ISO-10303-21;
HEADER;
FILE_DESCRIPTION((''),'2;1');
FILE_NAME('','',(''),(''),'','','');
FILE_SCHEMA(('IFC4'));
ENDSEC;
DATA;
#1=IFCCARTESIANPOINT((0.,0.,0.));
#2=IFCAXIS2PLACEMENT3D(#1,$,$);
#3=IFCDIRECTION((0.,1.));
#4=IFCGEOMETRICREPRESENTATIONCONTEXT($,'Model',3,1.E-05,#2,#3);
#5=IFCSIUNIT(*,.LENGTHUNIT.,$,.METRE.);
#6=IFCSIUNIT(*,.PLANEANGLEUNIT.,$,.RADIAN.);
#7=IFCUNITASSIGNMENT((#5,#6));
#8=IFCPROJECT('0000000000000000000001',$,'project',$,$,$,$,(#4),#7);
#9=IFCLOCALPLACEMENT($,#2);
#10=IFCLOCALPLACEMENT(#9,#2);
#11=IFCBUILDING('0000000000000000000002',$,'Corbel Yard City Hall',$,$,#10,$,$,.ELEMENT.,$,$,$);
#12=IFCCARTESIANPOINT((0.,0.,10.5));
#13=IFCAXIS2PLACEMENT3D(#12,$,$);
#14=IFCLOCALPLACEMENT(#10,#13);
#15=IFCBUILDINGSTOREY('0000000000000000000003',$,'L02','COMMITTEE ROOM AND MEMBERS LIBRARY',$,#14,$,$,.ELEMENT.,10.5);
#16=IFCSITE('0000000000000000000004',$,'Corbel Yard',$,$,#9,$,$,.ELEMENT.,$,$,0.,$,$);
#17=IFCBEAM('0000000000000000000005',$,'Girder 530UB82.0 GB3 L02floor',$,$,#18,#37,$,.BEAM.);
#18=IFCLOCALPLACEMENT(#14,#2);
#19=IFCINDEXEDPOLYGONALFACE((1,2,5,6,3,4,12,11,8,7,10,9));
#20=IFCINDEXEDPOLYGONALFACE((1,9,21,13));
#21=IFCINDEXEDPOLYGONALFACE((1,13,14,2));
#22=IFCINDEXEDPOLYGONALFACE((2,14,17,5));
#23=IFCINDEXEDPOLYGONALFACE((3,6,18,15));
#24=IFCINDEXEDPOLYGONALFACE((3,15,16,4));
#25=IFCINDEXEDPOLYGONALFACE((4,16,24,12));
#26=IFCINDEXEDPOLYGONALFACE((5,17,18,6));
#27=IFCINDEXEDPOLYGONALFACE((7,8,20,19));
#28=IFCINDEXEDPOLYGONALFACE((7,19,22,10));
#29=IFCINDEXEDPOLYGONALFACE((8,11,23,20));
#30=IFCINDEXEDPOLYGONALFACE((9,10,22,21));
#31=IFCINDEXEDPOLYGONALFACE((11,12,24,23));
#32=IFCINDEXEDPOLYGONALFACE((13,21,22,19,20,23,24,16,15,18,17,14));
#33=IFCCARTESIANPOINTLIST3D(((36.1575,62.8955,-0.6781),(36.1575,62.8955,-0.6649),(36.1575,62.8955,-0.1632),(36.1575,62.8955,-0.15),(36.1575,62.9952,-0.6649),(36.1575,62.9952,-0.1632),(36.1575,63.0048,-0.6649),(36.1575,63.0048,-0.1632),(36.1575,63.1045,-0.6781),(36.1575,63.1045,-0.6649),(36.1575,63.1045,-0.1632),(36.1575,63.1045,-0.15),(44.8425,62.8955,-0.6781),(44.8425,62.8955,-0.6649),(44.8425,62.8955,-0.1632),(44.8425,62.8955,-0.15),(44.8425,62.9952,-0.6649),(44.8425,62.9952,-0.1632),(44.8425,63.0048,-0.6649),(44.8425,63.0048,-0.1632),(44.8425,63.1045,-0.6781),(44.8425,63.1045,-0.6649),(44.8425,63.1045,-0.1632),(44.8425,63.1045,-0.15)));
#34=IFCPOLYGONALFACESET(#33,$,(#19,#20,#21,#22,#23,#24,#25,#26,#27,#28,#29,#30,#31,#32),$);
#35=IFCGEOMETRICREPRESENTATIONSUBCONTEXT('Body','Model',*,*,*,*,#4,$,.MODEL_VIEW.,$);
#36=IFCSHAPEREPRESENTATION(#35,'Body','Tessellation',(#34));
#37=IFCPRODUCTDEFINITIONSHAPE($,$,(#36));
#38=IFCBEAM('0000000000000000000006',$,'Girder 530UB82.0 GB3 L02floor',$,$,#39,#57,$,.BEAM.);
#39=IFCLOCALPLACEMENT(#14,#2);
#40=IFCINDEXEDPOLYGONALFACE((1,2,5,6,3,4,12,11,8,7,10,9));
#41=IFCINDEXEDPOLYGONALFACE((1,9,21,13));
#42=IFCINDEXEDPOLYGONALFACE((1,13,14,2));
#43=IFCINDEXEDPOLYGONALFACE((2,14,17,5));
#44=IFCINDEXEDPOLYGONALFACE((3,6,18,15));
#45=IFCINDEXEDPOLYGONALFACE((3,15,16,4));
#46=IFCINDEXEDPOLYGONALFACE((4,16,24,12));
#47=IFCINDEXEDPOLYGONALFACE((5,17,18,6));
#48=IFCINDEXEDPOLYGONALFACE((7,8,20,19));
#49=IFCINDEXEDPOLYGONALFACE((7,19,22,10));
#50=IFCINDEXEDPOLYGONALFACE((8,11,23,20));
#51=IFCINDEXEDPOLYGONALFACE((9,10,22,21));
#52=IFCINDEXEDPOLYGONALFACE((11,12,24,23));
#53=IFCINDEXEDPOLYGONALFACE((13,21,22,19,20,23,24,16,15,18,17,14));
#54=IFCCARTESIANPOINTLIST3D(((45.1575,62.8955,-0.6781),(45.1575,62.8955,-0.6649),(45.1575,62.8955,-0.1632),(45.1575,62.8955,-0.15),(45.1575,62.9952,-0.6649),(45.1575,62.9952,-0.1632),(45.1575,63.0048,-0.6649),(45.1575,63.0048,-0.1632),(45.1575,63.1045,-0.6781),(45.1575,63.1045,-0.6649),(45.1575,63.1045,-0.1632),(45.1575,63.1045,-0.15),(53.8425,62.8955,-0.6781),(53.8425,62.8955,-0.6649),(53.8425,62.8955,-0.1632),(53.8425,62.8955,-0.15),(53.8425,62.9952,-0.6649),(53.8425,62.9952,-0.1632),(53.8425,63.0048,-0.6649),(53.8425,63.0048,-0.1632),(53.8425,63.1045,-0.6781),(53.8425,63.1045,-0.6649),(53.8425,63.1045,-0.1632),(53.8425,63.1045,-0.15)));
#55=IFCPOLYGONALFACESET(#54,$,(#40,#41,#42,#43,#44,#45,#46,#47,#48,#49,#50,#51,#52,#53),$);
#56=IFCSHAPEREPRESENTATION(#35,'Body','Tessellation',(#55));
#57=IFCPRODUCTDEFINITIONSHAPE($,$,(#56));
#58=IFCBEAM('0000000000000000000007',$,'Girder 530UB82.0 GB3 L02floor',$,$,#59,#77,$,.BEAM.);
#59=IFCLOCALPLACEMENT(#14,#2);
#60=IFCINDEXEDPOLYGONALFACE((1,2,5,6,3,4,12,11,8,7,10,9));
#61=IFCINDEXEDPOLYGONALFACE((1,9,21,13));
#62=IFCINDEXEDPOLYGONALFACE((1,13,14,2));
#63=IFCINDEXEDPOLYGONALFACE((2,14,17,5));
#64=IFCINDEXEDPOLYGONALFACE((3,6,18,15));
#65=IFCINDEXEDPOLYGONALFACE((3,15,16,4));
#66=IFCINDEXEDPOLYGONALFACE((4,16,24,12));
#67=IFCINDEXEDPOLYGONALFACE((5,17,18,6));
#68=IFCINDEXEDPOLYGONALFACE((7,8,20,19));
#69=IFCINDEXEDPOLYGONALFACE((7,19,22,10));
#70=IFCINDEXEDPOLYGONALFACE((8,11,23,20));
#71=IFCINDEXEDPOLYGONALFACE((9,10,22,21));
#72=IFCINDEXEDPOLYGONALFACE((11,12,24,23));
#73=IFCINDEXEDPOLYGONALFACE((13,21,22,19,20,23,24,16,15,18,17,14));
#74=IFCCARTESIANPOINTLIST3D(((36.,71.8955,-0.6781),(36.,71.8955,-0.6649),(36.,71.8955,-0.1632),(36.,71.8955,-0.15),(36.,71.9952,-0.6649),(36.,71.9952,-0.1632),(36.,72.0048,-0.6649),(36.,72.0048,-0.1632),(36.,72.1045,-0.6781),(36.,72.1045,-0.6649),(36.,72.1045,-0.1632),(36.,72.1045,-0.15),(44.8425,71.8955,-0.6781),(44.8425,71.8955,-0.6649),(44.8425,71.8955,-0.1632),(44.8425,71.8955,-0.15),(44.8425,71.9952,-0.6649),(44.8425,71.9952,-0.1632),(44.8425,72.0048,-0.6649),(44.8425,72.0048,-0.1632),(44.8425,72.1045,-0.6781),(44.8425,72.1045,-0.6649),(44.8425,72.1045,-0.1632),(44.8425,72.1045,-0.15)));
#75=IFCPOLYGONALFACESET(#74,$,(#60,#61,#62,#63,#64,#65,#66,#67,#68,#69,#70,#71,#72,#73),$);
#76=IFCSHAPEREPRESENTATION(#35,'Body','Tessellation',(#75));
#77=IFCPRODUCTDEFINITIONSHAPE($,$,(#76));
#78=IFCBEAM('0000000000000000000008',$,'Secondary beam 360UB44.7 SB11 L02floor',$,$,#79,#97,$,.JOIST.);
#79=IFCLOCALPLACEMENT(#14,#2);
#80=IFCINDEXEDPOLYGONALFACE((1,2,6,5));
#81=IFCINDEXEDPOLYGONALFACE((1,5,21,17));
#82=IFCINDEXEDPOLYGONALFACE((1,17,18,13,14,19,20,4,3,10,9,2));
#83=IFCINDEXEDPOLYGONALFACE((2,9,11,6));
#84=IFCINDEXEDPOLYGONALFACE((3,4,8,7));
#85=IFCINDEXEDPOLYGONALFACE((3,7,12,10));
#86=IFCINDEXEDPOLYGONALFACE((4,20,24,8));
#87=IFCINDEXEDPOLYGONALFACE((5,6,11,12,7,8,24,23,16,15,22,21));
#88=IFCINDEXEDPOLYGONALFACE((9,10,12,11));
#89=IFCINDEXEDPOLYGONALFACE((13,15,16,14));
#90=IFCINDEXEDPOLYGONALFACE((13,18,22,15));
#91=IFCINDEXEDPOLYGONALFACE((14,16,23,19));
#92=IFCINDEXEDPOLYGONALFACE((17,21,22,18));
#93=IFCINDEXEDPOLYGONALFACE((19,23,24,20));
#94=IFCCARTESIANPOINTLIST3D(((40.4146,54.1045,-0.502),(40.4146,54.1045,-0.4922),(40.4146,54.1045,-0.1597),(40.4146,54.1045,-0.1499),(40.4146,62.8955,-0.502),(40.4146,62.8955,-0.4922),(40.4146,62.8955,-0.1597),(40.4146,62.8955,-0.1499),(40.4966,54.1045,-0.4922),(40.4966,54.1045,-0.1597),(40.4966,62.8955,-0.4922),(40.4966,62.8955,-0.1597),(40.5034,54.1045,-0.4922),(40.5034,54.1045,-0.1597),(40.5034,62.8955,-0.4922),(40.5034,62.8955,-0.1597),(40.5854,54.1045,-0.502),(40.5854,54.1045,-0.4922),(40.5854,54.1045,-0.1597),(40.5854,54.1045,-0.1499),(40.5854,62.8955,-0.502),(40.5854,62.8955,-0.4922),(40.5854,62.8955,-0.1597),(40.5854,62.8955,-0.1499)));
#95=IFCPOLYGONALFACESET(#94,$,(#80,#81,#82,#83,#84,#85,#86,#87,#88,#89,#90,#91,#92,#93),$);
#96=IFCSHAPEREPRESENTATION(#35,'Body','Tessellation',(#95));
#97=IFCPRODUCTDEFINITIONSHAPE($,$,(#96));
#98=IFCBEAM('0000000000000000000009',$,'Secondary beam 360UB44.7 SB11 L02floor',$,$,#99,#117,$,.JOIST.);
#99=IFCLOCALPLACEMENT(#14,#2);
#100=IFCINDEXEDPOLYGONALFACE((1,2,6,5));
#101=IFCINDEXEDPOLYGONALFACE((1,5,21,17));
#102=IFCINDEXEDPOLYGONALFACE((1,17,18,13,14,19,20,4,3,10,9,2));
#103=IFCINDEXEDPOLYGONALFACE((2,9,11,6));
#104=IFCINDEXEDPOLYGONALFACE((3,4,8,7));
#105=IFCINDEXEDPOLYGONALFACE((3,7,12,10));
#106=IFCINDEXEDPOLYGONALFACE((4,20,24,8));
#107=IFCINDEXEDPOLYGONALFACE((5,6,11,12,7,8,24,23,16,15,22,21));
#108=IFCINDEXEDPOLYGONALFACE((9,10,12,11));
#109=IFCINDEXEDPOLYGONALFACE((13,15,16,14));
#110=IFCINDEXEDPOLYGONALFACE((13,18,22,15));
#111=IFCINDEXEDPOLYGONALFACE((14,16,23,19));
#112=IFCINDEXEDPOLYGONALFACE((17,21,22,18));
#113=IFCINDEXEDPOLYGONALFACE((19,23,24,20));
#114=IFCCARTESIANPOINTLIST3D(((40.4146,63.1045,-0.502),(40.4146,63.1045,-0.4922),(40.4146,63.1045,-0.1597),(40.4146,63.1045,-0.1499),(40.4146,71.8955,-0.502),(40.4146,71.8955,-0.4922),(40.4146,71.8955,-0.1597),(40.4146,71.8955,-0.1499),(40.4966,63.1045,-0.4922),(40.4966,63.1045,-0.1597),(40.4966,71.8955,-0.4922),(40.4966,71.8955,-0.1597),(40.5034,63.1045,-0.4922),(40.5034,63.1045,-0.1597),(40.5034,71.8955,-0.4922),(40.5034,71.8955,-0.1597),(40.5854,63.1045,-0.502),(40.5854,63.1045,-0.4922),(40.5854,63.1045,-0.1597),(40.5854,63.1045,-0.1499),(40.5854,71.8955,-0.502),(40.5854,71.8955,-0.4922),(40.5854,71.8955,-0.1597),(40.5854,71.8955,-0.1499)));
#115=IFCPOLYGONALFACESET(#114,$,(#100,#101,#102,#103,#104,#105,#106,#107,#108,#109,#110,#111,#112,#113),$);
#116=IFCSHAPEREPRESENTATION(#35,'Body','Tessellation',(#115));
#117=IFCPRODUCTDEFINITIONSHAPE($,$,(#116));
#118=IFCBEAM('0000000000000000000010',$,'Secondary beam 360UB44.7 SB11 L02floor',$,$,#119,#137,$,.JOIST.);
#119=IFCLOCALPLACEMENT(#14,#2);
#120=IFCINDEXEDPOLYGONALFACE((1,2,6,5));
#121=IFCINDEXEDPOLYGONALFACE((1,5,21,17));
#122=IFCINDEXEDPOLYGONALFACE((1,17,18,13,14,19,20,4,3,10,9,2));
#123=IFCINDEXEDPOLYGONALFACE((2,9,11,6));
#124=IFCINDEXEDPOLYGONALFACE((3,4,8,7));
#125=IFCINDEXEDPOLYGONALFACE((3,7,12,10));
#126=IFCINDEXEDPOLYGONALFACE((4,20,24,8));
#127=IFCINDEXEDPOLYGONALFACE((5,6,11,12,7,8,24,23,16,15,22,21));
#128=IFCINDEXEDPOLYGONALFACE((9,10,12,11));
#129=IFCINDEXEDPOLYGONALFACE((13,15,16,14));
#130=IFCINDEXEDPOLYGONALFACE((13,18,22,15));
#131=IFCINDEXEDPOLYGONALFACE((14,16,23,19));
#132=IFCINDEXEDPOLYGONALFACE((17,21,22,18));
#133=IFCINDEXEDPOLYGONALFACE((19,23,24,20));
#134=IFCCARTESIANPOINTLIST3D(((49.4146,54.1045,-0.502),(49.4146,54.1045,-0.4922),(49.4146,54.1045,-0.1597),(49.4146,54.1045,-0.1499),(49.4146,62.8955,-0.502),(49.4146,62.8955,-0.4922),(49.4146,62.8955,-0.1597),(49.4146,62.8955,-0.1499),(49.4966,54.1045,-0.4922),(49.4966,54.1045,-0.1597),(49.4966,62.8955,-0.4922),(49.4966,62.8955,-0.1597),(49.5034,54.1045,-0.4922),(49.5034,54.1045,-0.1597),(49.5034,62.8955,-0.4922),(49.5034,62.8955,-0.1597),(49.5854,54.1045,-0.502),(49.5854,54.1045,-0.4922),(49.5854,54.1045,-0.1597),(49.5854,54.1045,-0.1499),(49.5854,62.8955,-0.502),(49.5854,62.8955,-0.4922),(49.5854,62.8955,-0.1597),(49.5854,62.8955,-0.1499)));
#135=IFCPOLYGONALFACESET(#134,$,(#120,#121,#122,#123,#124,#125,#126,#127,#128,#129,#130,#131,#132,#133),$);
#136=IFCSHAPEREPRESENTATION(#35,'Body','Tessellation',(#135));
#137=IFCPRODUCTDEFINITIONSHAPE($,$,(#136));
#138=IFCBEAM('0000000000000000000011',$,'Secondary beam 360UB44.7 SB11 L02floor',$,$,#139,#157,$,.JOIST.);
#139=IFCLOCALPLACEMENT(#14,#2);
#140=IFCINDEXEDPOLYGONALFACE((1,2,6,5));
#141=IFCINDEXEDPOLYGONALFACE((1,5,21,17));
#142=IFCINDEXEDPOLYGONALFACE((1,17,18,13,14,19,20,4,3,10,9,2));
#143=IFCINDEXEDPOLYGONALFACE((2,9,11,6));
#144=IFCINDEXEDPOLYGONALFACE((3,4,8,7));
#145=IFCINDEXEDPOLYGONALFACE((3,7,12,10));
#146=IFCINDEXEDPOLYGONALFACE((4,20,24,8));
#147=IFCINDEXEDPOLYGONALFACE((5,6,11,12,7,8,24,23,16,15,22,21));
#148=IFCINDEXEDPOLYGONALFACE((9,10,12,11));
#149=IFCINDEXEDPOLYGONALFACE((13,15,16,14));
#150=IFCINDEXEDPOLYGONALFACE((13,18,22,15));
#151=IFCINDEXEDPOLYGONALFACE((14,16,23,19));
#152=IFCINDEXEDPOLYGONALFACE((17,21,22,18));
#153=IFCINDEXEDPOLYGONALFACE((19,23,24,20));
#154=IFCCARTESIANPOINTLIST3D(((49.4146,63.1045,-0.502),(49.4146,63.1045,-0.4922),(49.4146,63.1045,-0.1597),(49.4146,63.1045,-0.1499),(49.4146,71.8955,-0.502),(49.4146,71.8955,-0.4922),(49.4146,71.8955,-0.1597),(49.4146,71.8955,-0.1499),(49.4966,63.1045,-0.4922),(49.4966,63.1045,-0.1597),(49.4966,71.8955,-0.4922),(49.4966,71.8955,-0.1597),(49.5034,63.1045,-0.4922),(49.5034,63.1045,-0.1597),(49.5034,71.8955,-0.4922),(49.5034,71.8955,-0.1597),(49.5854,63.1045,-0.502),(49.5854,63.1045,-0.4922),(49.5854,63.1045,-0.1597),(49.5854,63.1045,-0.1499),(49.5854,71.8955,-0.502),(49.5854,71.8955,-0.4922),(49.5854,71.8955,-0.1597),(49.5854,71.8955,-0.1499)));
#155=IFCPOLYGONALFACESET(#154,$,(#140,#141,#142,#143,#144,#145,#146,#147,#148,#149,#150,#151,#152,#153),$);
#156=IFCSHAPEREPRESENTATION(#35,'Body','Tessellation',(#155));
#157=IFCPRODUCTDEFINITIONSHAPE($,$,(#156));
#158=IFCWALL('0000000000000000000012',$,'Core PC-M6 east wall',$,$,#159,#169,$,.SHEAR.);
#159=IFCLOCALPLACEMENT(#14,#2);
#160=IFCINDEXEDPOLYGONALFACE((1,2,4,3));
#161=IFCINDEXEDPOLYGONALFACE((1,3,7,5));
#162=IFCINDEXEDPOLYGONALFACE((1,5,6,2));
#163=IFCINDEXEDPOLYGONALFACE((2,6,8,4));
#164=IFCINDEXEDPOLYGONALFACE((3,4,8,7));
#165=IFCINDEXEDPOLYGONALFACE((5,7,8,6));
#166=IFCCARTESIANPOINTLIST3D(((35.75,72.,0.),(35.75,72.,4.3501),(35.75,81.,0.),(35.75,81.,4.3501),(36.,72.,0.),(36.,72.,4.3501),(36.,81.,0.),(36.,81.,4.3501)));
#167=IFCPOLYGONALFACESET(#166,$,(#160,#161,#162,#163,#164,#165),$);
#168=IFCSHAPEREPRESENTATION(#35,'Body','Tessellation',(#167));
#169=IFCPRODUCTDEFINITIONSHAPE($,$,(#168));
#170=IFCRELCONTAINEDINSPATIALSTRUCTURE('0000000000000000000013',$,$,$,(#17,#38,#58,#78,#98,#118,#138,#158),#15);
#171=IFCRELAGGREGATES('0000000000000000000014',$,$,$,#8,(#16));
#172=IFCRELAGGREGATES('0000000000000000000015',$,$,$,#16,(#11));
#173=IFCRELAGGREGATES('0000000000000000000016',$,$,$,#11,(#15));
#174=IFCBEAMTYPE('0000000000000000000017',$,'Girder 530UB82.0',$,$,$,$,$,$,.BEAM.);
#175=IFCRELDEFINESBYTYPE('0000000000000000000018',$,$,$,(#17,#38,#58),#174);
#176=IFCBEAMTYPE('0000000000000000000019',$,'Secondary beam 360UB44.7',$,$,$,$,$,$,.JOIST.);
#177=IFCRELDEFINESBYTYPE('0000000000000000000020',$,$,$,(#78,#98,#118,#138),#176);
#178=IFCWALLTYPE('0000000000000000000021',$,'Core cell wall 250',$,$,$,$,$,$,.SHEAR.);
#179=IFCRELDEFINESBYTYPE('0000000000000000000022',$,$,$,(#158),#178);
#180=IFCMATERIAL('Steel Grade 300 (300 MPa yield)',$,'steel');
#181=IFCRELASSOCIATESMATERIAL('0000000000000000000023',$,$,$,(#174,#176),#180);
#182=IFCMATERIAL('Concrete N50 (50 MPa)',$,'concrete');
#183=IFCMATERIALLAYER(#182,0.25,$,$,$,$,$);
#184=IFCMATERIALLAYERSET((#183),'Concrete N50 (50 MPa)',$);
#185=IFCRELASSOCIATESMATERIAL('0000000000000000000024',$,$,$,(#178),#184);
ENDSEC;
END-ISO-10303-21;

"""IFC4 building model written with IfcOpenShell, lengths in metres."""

from ifc_helpers import new_model, si_unit, direction, frame, frame_2d, origin, origin_2d, place, context, subcontext, project, spatial, rectangle, i_section, extrude, material, layer, layer_set, material_profile, profile_set, type_object, element, save


model = new_model("IFC4")

# Units and contexts
model_context = context("Model", 3, precision=1e-05, world=origin(), true_north=direction((0.0, 1.0)))
body_context = subcontext(model_context, "Body", "Model", "MODEL_VIEW")
ifc_project = project(units=[si_unit("LENGTHUNIT", "METRE"), si_unit("PLANEANGLEUNIT", "RADIAN")], contexts=[model_context])

# Site, building, storey
site_placement = place(None, origin())
site = spatial("IfcSite", under=ifc_project, at=site_placement, Name="Corbel Yard", CompositionType="ELEMENT", RefElevation=0.0)
building_placement = place(site_placement, origin())
building = spatial("IfcBuilding", under=site, at=building_placement, Name="Corbel Yard City Hall", CompositionType="ELEMENT")
storey_placement = place(building_placement, frame((0.0, 0.0, 10.5)))
storey = spatial("IfcBuildingStorey", under=building, at=storey_placement, Name="L02", Description="COMMITTEE ROOM AND MEMBERS LIBRARY", CompositionType="ELEMENT", Elevation=10.5)

# Shared definitions
ifc_material_1 = material(Name="Steel Grade 300 (300 MPa yield)", Category="steel")

# Beams
ifc_material_profile_1 = material_profile(ifc_material_1, i_section(OverallWidth=0.209, OverallDepth=0.5281, WebThickness=0.0095, FlangeThickness=0.0132, at=origin_2d()), Name="530UB82.0")
ifc_profile_set_1 = profile_set([ifc_material_profile_1], Name="Steel Grade 300 (300 MPa yield)")
beam_type_1 = type_object("IfcBeamType", Name="Girder 530UB82.0", PredefinedType="BEAM", material=ifc_profile_set_1)
for number, where, z_axis, x_axis, name in (
    (1, (36.1575, 63.0, -0.4141), (1.0, 0.0, 0.0), (0.0, 1.0, 0.0), "Girder 530UB82.0 GB3 L02floor"),
    (2, (45.1575, 63.0, -0.4141), (1.0, 0.0, 0.0), (0.0, 1.0, 0.0), "Girder 530UB82.0 GB3 L02floor"),
):
    element("IfcBeam", number, at=place(storey_placement, frame(where, z_axis=z_axis, x_axis=x_axis)), inside=storey, type_object=beam_type_1, Name=name, PredefinedType="BEAM", context=body_context, shape_type="SweptSolid", body=[
        extrude(i_section(OverallWidth=0.209, OverallDepth=0.5281, WebThickness=0.0095, FlangeThickness=0.0132, at=origin_2d()), origin(), (0.0, 0.0, 1.0), 8.6851),
    ])
beam_1_placement = place(storey_placement, frame((36.0, 72.0, -0.4141), z_axis=(1.0, 0.0, 0.0), x_axis=(0.0, 1.0, 0.0)))
element("IfcBeam", 3, at=beam_1_placement, inside=storey, type_object=beam_type_1, Name="Girder 530UB82.0 GB3 L02floor", PredefinedType="BEAM", context=body_context, shape_type="SweptSolid", body=[
    extrude(i_section(OverallWidth=0.209, OverallDepth=0.5281, WebThickness=0.0095, FlangeThickness=0.0132, at=origin_2d()), origin(), (0.0, 0.0, 1.0), 8.8425),
])
ifc_material_profile_2 = material_profile(ifc_material_1, i_section(OverallWidth=0.1709, OverallDepth=0.3521, WebThickness=0.0068, FlangeThickness=0.0098, at=origin_2d()), Name="360UB44.7")
ifc_profile_set_2 = profile_set([ifc_material_profile_2], Name="Steel Grade 300 (300 MPa yield)")
beam_type_2 = type_object("IfcBeamType", Name="Secondary beam 360UB44.7", PredefinedType="JOIST", material=ifc_profile_set_2)
for number, where, z_axis, x_axis, name in (
    (4, (40.5, 54.1045, -0.3259), (0.0, 1.0, 0.0), (-1.0, 0.0, 0.0), "Secondary beam 360UB44.7 SB11 L02floor"),
    (5, (40.5, 63.1045, -0.3259), (0.0, 1.0, 0.0), (-1.0, 0.0, 0.0), "Secondary beam 360UB44.7 SB11 L02floor"),
    (6, (49.5, 54.1045, -0.3259), (0.0, 1.0, 0.0), (-1.0, 0.0, 0.0), "Secondary beam 360UB44.7 SB11 L02floor"),
    (7, (49.5, 63.1045, -0.3259), (0.0, 1.0, 0.0), (-1.0, 0.0, 0.0), "Secondary beam 360UB44.7 SB11 L02floor"),
):
    element("IfcBeam", number, at=place(storey_placement, frame(where, z_axis=z_axis, x_axis=x_axis)), inside=storey, type_object=beam_type_2, Name=name, PredefinedType="JOIST", context=body_context, shape_type="SweptSolid", body=[
        extrude(i_section(OverallWidth=0.1709, OverallDepth=0.3521, WebThickness=0.0068, FlangeThickness=0.0098, at=origin_2d()), origin(), (0.0, 0.0, 1.0), 8.791),
    ])

# Wall
ifc_material_2 = material(Name="Concrete N50 (50 MPa)", Category="concrete")
ifc_layer_1 = layer(ifc_material_2, 0.25)
ifc_layer_set_1 = layer_set([ifc_layer_1], Name="Concrete N50 (50 MPa)")
wall_type_1 = type_object("IfcWallType", Name="Core cell wall 250", PredefinedType="SHEAR", material=ifc_layer_set_1)
wall_1_placement = place(storey_placement, frame((35.875, 72.0, 0.0), z_axis=(0.0, 0.0, 1.0), x_axis=(0.0, 1.0, 0.0)))
element("IfcWall", 8, at=wall_1_placement, inside=storey, type_object=wall_type_1, Name="Core PC-M6 east wall", PredefinedType="SHEAR", context=body_context, shape_type="SweptSolid", body=[
    extrude(rectangle(XDim=9.0, YDim=0.25, at=frame_2d((4.5, 0.0))), origin(), (0.0, 0.0, 1.0), 4.3501),
])

save(model, "model.ifc")
